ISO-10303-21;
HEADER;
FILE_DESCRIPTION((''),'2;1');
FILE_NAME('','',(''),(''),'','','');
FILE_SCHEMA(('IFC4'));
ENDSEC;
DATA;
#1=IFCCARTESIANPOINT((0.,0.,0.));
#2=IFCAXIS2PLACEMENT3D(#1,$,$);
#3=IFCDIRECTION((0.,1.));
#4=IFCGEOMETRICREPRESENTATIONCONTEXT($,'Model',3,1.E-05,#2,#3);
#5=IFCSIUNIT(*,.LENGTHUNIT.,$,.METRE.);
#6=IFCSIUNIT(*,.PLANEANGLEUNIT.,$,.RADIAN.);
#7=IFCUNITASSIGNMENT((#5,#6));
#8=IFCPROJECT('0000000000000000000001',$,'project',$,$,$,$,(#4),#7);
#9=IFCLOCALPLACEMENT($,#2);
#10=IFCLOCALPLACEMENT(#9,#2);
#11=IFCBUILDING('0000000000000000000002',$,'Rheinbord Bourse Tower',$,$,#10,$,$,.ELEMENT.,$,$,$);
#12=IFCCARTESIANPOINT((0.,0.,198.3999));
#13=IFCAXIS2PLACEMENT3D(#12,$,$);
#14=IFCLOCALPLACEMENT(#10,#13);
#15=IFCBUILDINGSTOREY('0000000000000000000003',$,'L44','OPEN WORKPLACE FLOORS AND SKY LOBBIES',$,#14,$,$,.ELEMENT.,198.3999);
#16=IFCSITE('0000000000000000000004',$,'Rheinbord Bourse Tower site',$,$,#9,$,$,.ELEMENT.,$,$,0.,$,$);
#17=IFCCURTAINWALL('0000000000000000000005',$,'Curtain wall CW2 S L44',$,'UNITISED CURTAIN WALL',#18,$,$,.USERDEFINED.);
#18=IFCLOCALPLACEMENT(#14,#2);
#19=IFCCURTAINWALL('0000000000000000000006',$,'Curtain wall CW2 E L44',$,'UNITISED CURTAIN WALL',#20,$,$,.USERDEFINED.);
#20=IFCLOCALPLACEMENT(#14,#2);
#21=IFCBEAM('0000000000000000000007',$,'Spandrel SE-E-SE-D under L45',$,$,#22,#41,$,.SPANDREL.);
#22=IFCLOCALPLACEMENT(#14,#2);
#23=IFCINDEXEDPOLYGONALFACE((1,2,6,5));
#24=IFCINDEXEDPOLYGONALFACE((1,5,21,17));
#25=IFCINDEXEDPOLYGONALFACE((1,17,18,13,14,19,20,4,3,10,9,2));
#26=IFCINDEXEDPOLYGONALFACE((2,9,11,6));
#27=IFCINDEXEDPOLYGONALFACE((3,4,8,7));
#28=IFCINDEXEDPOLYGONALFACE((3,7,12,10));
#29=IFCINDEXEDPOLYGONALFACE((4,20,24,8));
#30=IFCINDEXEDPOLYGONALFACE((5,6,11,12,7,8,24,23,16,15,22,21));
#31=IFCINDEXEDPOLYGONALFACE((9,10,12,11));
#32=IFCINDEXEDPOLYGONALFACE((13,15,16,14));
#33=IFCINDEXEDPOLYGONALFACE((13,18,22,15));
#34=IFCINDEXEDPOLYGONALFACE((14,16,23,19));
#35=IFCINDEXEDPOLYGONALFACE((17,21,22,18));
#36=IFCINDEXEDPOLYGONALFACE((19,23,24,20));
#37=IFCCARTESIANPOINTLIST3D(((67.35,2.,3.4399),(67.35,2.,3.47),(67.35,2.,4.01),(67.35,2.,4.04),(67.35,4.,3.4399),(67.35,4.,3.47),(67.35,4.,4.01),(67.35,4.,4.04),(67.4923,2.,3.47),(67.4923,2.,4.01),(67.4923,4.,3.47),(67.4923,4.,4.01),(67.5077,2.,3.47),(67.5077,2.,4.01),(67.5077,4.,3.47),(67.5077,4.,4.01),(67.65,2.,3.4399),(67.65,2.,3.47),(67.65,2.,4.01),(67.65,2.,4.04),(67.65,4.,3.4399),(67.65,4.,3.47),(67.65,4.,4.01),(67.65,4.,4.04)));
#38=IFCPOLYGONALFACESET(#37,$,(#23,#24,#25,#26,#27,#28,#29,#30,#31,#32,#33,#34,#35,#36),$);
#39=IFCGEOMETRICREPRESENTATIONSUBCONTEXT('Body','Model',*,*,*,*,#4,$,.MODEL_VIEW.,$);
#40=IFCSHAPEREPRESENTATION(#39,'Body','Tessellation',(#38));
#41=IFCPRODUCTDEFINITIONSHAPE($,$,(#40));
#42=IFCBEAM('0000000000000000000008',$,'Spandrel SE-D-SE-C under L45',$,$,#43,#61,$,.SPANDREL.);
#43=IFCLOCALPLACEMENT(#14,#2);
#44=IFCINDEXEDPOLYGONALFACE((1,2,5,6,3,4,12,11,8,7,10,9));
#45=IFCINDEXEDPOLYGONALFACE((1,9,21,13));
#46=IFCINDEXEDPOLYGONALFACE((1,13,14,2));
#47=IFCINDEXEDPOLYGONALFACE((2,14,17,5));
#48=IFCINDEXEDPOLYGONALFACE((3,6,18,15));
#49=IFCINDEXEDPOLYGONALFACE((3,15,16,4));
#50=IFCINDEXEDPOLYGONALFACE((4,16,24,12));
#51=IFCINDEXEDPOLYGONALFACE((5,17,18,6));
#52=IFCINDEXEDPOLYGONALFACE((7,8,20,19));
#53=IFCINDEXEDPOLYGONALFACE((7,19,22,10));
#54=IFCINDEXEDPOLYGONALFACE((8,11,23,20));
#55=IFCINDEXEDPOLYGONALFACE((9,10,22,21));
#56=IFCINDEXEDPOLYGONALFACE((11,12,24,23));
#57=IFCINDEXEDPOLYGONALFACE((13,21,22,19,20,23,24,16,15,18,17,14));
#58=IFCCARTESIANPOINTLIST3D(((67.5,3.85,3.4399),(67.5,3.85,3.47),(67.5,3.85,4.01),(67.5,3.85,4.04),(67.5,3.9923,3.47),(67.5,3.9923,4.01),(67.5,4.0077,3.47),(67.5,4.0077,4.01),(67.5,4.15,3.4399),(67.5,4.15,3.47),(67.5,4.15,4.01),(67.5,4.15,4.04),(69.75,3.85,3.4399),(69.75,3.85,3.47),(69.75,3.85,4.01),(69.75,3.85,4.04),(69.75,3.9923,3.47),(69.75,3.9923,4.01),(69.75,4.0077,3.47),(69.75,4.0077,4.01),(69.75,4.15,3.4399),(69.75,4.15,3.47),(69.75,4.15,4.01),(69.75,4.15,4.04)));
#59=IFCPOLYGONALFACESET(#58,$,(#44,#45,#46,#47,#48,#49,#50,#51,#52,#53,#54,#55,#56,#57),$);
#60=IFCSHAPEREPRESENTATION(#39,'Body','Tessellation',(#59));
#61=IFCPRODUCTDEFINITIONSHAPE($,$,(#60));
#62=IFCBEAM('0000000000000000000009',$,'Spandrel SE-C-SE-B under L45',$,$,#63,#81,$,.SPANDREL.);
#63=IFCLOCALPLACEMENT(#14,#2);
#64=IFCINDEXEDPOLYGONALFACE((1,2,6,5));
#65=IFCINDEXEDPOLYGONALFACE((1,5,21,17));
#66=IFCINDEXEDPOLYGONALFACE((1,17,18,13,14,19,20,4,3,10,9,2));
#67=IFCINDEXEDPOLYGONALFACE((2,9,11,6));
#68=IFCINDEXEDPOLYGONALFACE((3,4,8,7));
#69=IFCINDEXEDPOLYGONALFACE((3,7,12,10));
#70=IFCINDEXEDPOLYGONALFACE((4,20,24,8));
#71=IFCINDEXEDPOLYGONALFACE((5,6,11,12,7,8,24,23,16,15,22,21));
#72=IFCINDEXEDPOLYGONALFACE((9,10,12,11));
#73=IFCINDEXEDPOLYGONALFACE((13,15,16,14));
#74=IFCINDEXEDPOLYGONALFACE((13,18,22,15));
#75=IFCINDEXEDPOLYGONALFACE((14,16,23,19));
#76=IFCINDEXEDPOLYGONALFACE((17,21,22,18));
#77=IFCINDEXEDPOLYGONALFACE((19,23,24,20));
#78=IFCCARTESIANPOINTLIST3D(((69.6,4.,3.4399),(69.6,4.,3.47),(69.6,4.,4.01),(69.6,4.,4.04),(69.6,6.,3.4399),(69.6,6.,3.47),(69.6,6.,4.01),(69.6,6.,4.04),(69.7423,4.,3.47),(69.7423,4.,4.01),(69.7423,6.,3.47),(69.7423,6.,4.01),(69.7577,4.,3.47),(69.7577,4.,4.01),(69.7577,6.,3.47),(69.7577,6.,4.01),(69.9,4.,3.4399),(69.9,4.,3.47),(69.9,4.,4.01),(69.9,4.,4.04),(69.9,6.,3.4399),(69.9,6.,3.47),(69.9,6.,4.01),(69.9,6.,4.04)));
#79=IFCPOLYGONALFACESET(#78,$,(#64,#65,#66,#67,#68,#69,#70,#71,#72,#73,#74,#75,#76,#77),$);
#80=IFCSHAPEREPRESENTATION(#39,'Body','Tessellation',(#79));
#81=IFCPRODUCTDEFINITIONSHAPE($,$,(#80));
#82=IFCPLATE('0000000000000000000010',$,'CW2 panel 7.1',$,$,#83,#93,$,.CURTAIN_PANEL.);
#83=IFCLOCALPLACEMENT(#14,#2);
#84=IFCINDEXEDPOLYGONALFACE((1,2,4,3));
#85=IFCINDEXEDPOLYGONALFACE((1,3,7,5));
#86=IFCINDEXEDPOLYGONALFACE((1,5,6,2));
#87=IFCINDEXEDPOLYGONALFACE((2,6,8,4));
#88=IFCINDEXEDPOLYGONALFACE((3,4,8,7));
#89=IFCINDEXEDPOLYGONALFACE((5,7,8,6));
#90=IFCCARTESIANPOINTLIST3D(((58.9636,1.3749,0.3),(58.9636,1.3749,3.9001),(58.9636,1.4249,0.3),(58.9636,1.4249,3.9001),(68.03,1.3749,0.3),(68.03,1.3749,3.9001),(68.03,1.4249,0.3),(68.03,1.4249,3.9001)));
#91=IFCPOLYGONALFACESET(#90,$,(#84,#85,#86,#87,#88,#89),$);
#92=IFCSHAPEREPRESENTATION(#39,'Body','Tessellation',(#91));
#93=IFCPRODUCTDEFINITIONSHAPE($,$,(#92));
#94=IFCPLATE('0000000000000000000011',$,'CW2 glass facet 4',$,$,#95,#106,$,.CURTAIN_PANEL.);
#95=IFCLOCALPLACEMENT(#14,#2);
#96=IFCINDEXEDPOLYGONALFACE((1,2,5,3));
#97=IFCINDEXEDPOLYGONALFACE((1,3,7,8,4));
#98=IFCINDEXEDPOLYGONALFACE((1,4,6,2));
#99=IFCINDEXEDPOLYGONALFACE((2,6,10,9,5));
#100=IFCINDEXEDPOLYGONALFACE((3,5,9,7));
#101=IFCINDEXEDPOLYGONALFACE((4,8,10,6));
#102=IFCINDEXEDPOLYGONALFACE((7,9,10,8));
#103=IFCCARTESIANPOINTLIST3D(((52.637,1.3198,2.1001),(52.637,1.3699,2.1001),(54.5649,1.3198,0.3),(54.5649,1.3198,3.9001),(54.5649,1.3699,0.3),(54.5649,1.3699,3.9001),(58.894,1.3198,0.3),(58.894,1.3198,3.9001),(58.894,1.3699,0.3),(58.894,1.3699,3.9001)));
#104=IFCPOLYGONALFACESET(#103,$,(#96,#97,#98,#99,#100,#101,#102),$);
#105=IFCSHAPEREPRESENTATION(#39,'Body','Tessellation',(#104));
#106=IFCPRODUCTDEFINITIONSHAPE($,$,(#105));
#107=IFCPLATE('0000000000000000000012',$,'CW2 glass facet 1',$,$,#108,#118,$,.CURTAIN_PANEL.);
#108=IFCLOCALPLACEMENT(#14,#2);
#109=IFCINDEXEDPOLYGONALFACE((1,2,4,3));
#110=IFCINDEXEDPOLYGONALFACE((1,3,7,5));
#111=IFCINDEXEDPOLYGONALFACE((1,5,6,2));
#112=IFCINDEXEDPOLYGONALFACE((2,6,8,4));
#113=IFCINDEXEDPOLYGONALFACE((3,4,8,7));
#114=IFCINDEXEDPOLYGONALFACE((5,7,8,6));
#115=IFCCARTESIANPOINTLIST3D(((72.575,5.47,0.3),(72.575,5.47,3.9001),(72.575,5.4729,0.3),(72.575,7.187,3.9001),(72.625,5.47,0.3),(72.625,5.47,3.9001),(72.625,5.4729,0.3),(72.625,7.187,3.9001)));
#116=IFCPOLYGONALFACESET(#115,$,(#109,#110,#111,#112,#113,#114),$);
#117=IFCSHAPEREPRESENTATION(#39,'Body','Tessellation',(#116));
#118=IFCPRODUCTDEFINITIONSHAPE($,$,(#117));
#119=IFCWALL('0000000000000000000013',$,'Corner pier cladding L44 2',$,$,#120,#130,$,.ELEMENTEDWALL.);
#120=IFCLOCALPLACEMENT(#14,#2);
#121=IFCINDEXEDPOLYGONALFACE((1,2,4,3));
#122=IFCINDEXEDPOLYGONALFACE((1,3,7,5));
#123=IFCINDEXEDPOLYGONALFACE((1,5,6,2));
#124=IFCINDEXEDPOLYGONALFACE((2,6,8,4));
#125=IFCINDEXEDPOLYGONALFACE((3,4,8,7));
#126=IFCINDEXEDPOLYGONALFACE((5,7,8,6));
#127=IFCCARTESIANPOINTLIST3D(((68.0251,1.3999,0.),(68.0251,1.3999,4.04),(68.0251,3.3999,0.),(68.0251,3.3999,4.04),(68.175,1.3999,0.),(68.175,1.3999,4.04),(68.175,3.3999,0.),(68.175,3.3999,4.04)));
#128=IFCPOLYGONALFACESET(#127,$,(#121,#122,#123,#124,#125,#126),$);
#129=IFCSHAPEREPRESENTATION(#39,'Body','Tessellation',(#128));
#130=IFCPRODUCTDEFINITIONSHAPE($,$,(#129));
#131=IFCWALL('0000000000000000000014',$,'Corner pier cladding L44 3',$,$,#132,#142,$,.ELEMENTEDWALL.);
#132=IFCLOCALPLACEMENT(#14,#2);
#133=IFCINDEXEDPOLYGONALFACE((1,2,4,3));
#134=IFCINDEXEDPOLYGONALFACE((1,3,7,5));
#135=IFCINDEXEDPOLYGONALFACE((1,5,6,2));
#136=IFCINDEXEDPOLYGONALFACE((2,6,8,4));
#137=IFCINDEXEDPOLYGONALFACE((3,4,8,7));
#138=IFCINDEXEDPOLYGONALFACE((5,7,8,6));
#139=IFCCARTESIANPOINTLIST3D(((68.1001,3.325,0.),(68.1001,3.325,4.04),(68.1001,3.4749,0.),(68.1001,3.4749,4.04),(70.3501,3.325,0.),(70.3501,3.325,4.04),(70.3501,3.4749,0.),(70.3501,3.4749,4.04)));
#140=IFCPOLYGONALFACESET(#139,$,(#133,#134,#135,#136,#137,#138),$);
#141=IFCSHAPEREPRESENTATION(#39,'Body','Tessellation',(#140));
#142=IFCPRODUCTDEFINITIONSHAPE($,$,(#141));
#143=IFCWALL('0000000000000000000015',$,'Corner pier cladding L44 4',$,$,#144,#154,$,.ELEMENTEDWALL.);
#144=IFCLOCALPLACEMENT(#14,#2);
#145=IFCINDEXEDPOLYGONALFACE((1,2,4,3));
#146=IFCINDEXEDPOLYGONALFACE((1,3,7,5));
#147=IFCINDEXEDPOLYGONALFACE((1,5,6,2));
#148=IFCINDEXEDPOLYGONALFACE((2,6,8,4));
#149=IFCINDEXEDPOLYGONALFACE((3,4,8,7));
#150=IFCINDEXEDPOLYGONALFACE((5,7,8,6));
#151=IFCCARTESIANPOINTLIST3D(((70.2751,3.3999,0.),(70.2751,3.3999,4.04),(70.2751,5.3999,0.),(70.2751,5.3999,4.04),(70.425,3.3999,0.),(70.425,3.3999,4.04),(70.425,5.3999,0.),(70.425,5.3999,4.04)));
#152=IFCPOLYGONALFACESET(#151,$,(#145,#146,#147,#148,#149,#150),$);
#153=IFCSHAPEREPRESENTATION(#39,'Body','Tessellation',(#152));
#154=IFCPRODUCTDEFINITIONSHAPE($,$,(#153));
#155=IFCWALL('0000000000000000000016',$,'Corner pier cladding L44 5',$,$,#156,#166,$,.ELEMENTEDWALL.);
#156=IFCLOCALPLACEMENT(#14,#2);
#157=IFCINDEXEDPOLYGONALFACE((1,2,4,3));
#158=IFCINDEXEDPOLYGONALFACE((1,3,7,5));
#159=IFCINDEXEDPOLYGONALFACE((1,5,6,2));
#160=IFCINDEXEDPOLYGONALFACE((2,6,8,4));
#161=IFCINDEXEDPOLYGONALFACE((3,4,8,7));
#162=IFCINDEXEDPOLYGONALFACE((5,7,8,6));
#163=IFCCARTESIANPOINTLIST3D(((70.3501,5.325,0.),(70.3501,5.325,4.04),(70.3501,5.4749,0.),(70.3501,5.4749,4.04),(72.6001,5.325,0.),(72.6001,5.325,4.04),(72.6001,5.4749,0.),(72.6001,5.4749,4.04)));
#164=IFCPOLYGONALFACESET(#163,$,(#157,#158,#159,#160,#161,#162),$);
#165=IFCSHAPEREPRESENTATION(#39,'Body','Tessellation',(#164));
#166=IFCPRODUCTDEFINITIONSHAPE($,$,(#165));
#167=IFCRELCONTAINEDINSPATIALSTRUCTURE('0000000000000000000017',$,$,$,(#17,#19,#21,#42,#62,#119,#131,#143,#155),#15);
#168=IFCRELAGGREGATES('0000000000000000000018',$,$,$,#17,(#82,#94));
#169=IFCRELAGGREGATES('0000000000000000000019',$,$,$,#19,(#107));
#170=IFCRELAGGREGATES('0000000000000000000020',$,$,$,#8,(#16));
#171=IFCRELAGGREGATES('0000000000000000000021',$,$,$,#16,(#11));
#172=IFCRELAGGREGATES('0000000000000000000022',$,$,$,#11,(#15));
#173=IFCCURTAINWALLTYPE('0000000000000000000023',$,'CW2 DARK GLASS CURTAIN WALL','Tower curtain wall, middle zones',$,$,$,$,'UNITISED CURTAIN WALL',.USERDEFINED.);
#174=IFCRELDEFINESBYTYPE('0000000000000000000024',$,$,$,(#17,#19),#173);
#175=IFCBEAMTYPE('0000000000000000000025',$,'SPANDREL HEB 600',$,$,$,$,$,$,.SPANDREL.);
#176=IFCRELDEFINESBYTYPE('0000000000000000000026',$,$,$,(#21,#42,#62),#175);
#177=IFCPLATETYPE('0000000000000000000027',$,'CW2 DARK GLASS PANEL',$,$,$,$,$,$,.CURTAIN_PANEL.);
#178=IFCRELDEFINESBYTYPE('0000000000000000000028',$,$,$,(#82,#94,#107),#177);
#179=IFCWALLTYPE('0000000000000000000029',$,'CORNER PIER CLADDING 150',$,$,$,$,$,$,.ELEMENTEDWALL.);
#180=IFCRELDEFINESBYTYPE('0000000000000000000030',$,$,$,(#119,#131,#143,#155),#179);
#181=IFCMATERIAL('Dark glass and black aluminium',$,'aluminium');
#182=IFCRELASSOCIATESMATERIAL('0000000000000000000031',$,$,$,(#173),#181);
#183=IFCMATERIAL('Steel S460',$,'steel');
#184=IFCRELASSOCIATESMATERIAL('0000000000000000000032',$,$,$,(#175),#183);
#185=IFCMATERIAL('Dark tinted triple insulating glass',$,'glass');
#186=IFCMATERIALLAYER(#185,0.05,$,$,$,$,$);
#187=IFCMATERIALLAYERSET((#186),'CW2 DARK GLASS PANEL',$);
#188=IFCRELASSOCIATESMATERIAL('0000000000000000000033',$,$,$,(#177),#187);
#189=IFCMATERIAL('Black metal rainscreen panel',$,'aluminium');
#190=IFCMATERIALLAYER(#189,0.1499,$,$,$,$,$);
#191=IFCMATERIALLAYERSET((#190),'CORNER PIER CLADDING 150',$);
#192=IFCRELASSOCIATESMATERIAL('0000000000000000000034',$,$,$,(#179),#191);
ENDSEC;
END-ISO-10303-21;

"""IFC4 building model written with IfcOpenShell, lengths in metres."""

from ifc_helpers import new_model, si_unit, direction, frame, frame_2d, origin, origin_2d, place, context, subcontext, project, spatial, polyline, rectangle, i_section, outline, extrude, material, layer, layer_set, material_profile, profile_set, type_object, element, aggregate, save


model = new_model("IFC4")

# Units and contexts
model_context = context("Model", 3, precision=1e-05, world=origin(), true_north=direction((0.0, 1.0)))
body_context = subcontext(model_context, "Body", "Model", "MODEL_VIEW")
ifc_project = project(units=[si_unit("LENGTHUNIT", "METRE"), si_unit("PLANEANGLEUNIT", "RADIAN")], contexts=[model_context])

# Site, building, storey
site_placement = place(None, origin())
site = spatial("IfcSite", under=ifc_project, at=site_placement, Name="Rheinbord Bourse Tower site", CompositionType="ELEMENT", RefElevation=0.0)
building_placement = place(site_placement, origin())
building = spatial("IfcBuilding", under=site, at=building_placement, Name="Rheinbord Bourse Tower", CompositionType="ELEMENT")
storey_placement = place(building_placement, frame((0.0, 0.0, 198.3999)))
storey = spatial("IfcBuildingStorey", under=building, at=storey_placement, Name="L44", Description="OPEN WORKPLACE FLOORS AND SKY LOBBIES", CompositionType="ELEMENT", Elevation=198.3999)

# Curtain wall
ifc_material_1 = material(Name="Dark glass and black aluminium", Category="aluminium")
curtain_wall_type = type_object("IfcCurtainWallType", Name="CW2 DARK GLASS CURTAIN WALL", Description="Tower curtain wall, middle zones", ElementType="UNITISED CURTAIN WALL", PredefinedType="USERDEFINED", material=ifc_material_1)
curtain_wall_1_placement = place(storey_placement, origin())
curtain_wall_1 = element("IfcCurtainWall", 1, at=curtain_wall_1_placement, inside=storey, type_object=curtain_wall_type, Name="Curtain wall CW2 S L44", ObjectType="UNITISED CURTAIN WALL", PredefinedType="USERDEFINED")

# Curtain wall
curtain_wall_2_placement = place(storey_placement, origin())
curtain_wall_2 = element("IfcCurtainWall", 2, at=curtain_wall_2_placement, inside=storey, type_object=curtain_wall_type, Name="Curtain wall CW2 E L44", ObjectType="UNITISED CURTAIN WALL", PredefinedType="USERDEFINED")

# Beams
ifc_material_2 = material(Name="Steel S460", Category="steel")
ifc_material_profile_1 = material_profile(ifc_material_2, i_section(OverallWidth=0.3, OverallDepth=0.6001, WebThickness=0.0154, FlangeThickness=0.03, at=origin_2d()), Name="HEB 600")
ifc_profile_set_1 = profile_set([ifc_material_profile_1], Name="Steel S460")
beam_type_1 = type_object("IfcBeamType", Name="SPANDREL HEB 600", PredefinedType="SPANDREL", material=ifc_profile_set_1)
beam_1_placement = place(storey_placement, frame((67.5, 2.0, 3.74), z_axis=(0.0, 1.0, 0.0), x_axis=(-1.0, 0.0, 0.0)))
element("IfcBeam", 3, at=beam_1_placement, inside=storey, type_object=beam_type_1, Name="Spandrel SE-E-SE-D under L45", PredefinedType="SPANDREL", context=body_context, shape_type="SweptSolid", body=[
    extrude(i_section(OverallWidth=0.3, OverallDepth=0.6001, WebThickness=0.0154, FlangeThickness=0.03, at=origin_2d()), origin(), (0.0, 0.0, 1.0), 2.0),
])
beam_2_placement = place(storey_placement, frame((67.5, 4.0, 3.74), z_axis=(1.0, 0.0, 0.0), x_axis=(0.0, 1.0, 0.0)))
element("IfcBeam", 4, at=beam_2_placement, inside=storey, type_object=beam_type_1, Name="Spandrel SE-D-SE-C under L45", PredefinedType="SPANDREL", context=body_context, shape_type="SweptSolid", body=[
    extrude(i_section(OverallWidth=0.3, OverallDepth=0.6001, WebThickness=0.0154, FlangeThickness=0.03, at=origin_2d()), origin(), (0.0, 0.0, 1.0), 2.25),
])
beam_3_placement = place(storey_placement, frame((69.75, 4.0, 3.74), z_axis=(0.0, 1.0, 0.0), x_axis=(-1.0, 0.0, 0.0)))
element("IfcBeam", 5, at=beam_3_placement, inside=storey, type_object=beam_type_1, Name="Spandrel SE-C-SE-B under L45", PredefinedType="SPANDREL", context=body_context, shape_type="SweptSolid", body=[
    extrude(i_section(OverallWidth=0.3, OverallDepth=0.6001, WebThickness=0.0154, FlangeThickness=0.03, at=origin_2d()), origin(), (0.0, 0.0, 1.0), 2.0),
])

# Plates
ifc_material_3 = material(Name="Dark tinted triple insulating glass", Category="glass")
ifc_layer_1 = layer(ifc_material_3, 0.05)
ifc_layer_set_1 = layer_set([ifc_layer_1], Name="CW2 DARK GLASS PANEL")
plate_type = type_object("IfcPlateType", Name="CW2 DARK GLASS PANEL", PredefinedType="CURTAIN_PANEL", material=ifc_layer_set_1)
plate_1_placement = place(storey_placement, frame((63.4968, 1.3999, 0.3), z_axis=(0.0, 0.0, 1.0), x_axis=(1.0, 0.0, 0.0)))
plate_1 = element("IfcPlate", 6, at=plate_1_placement, type_object=plate_type, Name="CW2 panel 7.1", PredefinedType="CURTAIN_PANEL", context=body_context, shape_type="SweptSolid", body=[
    extrude(rectangle(XDim=9.0664, YDim=0.05, at=origin_2d()), origin(), (0.0, 0.0, 1.0), 3.6001),
])
plate_2_placement = place(storey_placement, frame((58.894, 1.3198, 3.9001), z_axis=(0.0, 1.0, 0.0), x_axis=(0.0, 0.0, -1.0)))
plate_2 = element("IfcPlate", 7, at=plate_2_placement, type_object=plate_type, Name="CW2 glass facet 4", PredefinedType="CURTAIN_PANEL", context=body_context, shape_type="SweptSolid", body=[
    extrude(outline(polyline([(0.0, 0.0), (3.6001, 0.0), (3.6001, 4.3291), (1.8, 6.2571), (0.0, 4.3291), (0.0, 0.0)])), origin(), (0.0, 0.0, 1.0), 0.05),
])
aggregate(curtain_wall_1, [plate_1, plate_2])
plate_3_placement = place(storey_placement, frame((72.625, 5.47, 0.3), z_axis=(-1.0, 0.0, 0.0), x_axis=(0.0, 0.0, 1.0)))
plate_3 = element("IfcPlate", 8, at=plate_3_placement, type_object=plate_type, Name="CW2 glass facet 1", PredefinedType="CURTAIN_PANEL", context=body_context, shape_type="SweptSolid", body=[
    extrude(outline(polyline([(0.0, 0.0), (3.6001, 0.0), (3.6001, 1.717), (0.0, 0.0029), (0.0, 0.0)])), origin(), (0.0, 0.0, 1.0), 0.05),
])
aggregate(curtain_wall_2, [plate_3])

# Walls
ifc_material_4 = material(Name="Black metal rainscreen panel", Category="aluminium")
ifc_layer_2 = layer(ifc_material_4, 0.1499)
ifc_layer_set_2 = layer_set([ifc_layer_2], Name="CORNER PIER CLADDING 150")
wall_type_1 = type_object("IfcWallType", Name="CORNER PIER CLADDING 150", PredefinedType="ELEMENTEDWALL", material=ifc_layer_set_2)
wall_1_placement = place(storey_placement, frame((68.1001, 1.3999, 0.0), z_axis=(0.0, 0.0, 1.0), x_axis=(0.0, 1.0, 0.0)))
element("IfcWall", 9, at=wall_1_placement, inside=storey, type_object=wall_type_1, Name="Corner pier cladding L44 2", PredefinedType="ELEMENTEDWALL", context=body_context, shape_type="SweptSolid", body=[
    extrude(rectangle(XDim=2.0, YDim=0.1499, at=frame_2d((1.0, 0.0))), origin(), (0.0, 0.0, 1.0), 4.04),
])
wall_2_placement = place(storey_placement, frame((68.1001, 3.3999, 0.0), z_axis=(0.0, 0.0, 1.0), x_axis=(1.0, 0.0, 0.0)))
element("IfcWall", 10, at=wall_2_placement, inside=storey, type_object=wall_type_1, Name="Corner pier cladding L44 3", PredefinedType="ELEMENTEDWALL", context=body_context, shape_type="SweptSolid", body=[
    extrude(rectangle(XDim=2.25, YDim=0.1499, at=frame_2d((1.125, 0.0))), origin(), (0.0, 0.0, 1.0), 4.04),
])
wall_3_placement = place(storey_placement, frame((70.3501, 3.3999, 0.0), z_axis=(0.0, 0.0, 1.0), x_axis=(0.0, 1.0, 0.0)))
element("IfcWall", 11, at=wall_3_placement, inside=storey, type_object=wall_type_1, Name="Corner pier cladding L44 4", PredefinedType="ELEMENTEDWALL", context=body_context, shape_type="SweptSolid", body=[
    extrude(rectangle(XDim=2.0, YDim=0.1499, at=frame_2d((1.0, 0.0))), origin(), (0.0, 0.0, 1.0), 4.04),
])
wall_4_placement = place(storey_placement, frame((70.3501, 5.3999, 0.0), z_axis=(0.0, 0.0, 1.0), x_axis=(1.0, 0.0, 0.0)))
element("IfcWall", 12, at=wall_4_placement, inside=storey, type_object=wall_type_1, Name="Corner pier cladding L44 5", PredefinedType="ELEMENTEDWALL", context=body_context, shape_type="SweptSolid", body=[
    extrude(rectangle(XDim=2.25, YDim=0.1499, at=frame_2d((1.125, 0.0))), origin(), (0.0, 0.0, 1.0), 4.04),
])

save(model, "model.ifc")
